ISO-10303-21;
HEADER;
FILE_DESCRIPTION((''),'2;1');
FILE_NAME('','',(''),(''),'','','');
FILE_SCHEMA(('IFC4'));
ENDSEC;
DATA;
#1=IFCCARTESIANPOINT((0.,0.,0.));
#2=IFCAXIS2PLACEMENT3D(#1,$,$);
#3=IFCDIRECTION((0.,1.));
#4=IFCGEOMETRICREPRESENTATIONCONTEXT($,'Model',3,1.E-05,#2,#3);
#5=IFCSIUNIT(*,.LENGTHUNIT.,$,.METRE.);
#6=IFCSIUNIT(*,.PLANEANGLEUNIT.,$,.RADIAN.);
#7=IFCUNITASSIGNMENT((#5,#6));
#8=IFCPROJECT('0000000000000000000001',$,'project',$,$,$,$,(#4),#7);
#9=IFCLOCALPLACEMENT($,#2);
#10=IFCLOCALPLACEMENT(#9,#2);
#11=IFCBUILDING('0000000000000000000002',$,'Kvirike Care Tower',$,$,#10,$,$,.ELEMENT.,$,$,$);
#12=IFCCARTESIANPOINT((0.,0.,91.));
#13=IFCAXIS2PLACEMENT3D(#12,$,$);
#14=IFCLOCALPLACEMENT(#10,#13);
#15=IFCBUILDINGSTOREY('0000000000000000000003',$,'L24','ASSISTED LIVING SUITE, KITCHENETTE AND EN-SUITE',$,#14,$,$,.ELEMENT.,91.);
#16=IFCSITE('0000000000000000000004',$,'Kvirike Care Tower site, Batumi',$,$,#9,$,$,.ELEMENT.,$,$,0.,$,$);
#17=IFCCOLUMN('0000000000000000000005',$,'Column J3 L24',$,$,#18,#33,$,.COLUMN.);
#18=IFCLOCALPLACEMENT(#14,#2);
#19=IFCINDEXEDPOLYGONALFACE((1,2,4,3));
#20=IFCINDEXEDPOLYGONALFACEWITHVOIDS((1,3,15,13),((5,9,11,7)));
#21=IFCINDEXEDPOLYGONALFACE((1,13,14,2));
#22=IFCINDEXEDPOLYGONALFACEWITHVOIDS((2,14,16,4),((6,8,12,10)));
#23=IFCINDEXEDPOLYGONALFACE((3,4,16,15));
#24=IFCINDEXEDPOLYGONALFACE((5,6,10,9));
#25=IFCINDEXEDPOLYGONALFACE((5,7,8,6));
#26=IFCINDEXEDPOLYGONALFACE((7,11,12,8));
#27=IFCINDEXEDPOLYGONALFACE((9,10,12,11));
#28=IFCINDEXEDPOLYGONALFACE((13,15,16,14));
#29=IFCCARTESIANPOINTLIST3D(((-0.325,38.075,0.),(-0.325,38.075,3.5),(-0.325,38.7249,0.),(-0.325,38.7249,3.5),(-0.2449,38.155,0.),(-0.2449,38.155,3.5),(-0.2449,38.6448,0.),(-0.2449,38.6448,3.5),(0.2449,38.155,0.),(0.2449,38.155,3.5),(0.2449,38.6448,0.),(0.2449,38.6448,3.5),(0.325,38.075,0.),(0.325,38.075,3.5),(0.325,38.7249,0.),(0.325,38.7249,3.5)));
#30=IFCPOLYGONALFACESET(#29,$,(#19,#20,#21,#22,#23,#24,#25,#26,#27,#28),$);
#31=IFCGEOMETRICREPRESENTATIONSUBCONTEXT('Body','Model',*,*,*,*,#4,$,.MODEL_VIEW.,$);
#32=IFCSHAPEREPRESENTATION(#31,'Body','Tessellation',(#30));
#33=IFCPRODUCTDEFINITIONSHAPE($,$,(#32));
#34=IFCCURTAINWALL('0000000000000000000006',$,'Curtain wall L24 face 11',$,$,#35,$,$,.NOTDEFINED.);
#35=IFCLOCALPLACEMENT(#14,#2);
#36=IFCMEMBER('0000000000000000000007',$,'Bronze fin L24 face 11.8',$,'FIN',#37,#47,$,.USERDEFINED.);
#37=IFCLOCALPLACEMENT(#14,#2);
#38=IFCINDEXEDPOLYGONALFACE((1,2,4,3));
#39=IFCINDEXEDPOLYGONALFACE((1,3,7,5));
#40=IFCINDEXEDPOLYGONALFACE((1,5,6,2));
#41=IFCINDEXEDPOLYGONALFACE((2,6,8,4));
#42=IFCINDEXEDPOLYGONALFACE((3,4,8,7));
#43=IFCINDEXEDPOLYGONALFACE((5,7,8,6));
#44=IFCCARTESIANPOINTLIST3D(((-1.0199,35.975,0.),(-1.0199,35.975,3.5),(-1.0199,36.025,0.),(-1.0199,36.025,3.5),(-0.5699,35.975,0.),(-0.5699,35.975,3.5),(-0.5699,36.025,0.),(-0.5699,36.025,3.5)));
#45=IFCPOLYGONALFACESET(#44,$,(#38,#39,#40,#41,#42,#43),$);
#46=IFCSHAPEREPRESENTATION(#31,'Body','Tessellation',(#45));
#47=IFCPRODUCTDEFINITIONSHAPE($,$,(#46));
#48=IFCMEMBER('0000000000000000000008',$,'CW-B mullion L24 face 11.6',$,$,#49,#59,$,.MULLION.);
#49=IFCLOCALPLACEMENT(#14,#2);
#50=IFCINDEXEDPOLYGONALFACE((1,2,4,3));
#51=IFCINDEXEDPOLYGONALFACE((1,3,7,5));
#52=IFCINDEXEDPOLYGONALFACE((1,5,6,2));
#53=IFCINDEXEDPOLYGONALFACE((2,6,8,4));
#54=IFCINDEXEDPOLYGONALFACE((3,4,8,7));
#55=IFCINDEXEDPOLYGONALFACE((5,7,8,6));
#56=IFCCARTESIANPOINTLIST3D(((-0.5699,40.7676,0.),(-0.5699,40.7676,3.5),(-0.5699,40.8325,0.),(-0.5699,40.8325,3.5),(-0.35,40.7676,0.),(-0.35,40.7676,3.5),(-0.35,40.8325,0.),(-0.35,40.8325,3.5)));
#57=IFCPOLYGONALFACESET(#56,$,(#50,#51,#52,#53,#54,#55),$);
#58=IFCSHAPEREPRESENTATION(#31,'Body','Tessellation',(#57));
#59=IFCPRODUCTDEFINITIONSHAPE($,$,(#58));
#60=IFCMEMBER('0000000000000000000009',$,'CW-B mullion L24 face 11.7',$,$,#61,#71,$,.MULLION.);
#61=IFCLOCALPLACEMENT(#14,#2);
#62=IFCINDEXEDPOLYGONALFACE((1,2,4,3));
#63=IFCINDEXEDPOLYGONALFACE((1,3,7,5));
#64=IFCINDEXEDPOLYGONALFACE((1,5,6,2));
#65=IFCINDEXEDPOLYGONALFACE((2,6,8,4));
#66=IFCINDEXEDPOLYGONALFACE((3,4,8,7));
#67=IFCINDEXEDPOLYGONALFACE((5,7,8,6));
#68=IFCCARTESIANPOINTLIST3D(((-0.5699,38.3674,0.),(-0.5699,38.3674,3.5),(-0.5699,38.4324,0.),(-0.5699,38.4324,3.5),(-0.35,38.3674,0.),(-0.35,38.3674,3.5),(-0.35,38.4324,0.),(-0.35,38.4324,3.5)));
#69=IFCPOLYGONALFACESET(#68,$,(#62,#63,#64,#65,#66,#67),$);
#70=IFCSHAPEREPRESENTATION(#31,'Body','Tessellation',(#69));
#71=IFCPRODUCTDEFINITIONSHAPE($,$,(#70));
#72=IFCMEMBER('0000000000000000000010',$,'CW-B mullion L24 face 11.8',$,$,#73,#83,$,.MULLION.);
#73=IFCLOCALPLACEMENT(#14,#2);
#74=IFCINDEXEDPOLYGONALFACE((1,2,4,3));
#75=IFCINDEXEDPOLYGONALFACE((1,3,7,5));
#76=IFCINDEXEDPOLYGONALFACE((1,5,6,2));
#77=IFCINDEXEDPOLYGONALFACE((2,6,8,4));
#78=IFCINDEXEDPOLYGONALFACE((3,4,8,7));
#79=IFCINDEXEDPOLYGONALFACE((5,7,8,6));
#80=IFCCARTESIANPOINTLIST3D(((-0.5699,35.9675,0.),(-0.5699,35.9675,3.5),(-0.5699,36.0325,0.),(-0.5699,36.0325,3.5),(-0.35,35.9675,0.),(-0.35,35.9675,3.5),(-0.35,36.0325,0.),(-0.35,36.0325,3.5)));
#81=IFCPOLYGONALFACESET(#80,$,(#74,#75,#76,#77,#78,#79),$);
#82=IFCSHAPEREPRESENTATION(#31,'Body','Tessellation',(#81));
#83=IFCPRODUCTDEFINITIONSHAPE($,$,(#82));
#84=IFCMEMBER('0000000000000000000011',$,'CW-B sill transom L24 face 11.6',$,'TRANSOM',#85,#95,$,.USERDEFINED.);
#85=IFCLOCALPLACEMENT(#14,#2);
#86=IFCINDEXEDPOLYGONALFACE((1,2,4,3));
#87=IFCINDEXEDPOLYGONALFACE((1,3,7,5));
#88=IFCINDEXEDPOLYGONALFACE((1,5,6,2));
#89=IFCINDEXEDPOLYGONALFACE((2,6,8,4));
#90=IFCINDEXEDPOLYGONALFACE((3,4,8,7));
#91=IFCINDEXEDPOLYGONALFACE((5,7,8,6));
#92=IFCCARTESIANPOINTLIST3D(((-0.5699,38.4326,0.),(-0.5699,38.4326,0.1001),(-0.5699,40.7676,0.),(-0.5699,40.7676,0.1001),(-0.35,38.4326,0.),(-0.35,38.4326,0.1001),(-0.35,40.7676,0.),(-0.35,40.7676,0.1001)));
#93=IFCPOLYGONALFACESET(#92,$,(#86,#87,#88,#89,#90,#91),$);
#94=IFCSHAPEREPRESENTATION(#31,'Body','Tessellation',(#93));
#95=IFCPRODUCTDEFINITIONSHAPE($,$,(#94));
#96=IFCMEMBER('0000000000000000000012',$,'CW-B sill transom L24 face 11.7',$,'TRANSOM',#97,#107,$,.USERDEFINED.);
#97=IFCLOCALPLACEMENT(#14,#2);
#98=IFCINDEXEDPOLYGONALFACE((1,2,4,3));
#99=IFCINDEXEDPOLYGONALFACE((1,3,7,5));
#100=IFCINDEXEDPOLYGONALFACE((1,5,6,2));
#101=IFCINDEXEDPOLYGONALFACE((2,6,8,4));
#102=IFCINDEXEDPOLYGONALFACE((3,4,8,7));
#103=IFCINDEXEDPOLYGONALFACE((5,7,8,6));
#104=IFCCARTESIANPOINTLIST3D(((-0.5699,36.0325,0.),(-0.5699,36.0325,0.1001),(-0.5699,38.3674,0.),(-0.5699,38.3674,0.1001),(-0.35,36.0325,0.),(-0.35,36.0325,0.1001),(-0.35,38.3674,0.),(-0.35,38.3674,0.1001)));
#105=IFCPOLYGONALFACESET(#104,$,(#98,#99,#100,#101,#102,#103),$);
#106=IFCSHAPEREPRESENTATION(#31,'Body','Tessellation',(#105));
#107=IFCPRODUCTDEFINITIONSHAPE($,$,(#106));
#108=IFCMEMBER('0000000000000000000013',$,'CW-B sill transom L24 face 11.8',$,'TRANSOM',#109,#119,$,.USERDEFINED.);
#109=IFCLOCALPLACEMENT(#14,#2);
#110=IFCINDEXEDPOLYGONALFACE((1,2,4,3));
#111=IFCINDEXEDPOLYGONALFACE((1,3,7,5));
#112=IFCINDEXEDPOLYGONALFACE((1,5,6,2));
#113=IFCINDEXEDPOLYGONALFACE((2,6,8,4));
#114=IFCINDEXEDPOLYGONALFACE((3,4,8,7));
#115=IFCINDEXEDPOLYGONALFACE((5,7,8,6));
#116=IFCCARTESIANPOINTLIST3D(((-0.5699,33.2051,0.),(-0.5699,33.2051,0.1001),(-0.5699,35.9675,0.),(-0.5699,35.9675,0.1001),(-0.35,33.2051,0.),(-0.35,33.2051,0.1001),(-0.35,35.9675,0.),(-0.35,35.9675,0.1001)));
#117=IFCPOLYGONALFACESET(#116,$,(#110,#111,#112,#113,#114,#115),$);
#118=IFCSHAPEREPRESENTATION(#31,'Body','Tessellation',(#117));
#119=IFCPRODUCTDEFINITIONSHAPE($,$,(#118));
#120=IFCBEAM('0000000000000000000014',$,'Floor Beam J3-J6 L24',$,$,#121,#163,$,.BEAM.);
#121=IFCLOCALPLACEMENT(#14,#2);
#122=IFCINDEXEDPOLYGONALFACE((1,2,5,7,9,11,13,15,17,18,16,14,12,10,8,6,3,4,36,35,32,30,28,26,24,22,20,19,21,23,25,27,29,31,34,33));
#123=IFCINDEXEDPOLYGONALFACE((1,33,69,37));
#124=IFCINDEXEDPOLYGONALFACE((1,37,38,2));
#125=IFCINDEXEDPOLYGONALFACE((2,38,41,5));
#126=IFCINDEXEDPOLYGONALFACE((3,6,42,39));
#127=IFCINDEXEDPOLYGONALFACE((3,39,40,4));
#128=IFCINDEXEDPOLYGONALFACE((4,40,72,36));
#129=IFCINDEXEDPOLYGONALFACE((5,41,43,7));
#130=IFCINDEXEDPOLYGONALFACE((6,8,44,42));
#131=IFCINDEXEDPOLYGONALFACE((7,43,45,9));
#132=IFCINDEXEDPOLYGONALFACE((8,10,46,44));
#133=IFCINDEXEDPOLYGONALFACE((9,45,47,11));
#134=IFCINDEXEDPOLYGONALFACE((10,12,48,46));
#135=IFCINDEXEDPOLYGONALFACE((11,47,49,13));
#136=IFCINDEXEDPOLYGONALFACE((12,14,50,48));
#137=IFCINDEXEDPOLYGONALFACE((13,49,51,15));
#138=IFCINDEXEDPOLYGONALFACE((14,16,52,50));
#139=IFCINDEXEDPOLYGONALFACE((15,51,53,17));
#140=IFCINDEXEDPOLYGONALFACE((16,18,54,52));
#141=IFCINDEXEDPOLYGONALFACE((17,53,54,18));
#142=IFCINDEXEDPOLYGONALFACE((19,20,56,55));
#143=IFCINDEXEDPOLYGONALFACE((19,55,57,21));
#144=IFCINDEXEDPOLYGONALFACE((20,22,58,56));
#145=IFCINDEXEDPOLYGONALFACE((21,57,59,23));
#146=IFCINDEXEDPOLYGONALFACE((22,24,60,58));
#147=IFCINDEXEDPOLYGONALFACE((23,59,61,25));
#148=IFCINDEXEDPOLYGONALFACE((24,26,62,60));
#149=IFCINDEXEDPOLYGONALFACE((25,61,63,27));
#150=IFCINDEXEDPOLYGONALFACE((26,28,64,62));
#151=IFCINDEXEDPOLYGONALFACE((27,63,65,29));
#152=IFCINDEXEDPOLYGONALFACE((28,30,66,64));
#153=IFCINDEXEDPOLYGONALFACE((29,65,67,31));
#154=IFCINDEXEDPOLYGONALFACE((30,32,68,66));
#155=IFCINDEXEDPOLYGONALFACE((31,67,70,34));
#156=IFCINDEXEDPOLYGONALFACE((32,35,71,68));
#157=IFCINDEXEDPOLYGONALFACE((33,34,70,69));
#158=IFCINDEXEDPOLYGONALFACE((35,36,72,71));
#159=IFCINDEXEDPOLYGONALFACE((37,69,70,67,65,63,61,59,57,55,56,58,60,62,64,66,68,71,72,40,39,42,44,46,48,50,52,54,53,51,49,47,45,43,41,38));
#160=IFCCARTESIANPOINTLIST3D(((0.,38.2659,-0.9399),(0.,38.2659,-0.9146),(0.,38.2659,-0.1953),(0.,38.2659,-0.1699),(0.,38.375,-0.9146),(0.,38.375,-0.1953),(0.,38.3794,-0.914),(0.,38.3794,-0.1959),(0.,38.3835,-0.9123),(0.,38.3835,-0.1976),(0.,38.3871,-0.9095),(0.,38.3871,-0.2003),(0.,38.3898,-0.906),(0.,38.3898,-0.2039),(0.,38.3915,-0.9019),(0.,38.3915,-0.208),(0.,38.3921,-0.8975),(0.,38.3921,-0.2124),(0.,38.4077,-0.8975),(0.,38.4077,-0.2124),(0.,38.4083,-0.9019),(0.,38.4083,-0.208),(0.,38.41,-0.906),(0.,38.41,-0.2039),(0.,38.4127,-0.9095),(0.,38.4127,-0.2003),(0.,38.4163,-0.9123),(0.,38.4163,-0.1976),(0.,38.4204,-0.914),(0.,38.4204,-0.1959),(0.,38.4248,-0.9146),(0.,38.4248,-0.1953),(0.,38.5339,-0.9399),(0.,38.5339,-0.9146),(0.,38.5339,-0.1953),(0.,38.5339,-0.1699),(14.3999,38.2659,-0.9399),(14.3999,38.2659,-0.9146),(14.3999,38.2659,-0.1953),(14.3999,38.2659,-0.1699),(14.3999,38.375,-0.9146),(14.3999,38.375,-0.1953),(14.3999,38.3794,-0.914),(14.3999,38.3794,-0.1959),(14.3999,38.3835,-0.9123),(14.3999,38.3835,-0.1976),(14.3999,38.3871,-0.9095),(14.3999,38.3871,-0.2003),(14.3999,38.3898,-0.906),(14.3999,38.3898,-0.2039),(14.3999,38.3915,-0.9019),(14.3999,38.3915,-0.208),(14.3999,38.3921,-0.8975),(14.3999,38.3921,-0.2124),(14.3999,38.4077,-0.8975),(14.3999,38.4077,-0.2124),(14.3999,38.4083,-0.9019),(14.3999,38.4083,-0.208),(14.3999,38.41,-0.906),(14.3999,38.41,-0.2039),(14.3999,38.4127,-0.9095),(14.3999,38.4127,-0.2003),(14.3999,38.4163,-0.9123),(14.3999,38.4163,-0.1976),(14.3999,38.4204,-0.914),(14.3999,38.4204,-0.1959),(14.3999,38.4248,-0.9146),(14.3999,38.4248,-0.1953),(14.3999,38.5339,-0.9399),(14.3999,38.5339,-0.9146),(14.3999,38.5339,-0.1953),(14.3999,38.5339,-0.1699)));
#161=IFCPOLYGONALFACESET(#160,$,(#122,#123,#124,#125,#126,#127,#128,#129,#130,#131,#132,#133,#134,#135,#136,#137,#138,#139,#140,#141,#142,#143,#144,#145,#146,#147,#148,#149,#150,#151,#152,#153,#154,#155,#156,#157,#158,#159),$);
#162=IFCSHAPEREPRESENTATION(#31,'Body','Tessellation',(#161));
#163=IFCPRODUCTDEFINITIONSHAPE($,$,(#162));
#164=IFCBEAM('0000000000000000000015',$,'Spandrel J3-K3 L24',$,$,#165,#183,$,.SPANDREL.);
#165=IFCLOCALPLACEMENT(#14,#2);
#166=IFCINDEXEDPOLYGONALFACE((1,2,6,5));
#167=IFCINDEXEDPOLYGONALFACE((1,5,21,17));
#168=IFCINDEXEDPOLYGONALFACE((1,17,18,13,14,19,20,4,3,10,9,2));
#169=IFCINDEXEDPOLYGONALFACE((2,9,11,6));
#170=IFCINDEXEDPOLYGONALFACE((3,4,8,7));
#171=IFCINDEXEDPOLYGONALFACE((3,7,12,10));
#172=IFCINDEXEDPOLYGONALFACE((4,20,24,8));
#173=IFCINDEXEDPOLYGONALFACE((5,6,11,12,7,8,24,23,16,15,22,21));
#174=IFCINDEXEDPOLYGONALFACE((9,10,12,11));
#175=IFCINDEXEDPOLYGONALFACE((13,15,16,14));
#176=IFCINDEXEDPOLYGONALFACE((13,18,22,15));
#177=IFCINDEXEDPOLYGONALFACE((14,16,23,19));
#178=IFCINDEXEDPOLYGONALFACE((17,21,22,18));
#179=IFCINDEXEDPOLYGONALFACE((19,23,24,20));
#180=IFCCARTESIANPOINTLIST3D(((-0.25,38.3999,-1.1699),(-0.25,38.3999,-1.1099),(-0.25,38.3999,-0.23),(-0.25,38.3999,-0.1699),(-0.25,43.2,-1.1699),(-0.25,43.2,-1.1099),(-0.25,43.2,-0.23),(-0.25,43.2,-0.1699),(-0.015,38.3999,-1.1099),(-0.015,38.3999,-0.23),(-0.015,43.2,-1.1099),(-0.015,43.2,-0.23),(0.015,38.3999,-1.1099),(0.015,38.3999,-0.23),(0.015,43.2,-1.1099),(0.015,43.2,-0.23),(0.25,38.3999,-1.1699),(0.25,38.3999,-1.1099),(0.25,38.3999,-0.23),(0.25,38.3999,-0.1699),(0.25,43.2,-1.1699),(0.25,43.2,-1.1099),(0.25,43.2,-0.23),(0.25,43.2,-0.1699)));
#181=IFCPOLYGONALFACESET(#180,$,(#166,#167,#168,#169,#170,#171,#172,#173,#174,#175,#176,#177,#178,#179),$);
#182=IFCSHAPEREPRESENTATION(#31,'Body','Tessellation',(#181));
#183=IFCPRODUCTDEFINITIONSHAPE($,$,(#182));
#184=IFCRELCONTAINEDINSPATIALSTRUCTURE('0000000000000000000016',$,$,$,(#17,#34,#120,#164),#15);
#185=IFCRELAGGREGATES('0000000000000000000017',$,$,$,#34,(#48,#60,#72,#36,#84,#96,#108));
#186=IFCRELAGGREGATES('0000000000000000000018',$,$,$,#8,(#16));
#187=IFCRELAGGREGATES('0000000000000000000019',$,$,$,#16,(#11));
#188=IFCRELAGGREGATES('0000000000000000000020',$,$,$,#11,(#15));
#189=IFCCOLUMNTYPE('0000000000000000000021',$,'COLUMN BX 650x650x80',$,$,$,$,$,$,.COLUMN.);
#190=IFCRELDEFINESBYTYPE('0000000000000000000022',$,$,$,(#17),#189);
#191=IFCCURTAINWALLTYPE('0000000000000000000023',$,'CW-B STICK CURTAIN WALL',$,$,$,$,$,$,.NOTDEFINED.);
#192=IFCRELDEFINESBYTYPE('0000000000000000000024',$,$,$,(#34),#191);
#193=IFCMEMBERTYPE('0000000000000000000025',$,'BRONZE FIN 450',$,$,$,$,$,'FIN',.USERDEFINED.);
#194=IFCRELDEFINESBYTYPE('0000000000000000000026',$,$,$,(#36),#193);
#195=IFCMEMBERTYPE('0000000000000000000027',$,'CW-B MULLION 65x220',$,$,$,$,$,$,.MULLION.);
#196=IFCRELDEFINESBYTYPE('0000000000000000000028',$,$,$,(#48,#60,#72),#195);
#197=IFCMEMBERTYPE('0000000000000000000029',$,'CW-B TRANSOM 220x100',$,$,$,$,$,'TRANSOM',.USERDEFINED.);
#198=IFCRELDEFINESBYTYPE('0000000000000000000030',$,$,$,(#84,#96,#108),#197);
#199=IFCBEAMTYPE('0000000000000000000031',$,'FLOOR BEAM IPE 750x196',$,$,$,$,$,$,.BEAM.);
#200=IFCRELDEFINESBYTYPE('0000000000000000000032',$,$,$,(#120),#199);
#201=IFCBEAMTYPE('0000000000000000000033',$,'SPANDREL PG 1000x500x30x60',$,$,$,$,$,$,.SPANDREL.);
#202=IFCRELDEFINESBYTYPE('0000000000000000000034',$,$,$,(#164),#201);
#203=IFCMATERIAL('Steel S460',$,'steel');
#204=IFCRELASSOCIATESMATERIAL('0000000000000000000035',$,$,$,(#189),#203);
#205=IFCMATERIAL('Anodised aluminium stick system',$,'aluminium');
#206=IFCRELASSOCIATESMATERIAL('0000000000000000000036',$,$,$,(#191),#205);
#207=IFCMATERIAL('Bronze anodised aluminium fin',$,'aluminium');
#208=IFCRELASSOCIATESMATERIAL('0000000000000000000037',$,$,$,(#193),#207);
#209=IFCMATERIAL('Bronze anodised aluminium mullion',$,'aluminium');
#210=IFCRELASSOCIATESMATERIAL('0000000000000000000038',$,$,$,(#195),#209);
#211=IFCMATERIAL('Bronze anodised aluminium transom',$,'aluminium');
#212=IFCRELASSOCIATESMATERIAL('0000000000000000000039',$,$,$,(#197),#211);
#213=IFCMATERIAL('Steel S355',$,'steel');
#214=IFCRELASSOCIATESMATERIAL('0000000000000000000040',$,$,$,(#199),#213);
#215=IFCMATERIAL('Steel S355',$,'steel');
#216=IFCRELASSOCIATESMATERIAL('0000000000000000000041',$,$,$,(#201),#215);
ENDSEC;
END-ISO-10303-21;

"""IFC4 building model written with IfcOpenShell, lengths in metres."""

from ifc_helpers import new_model, si_unit, direction, frame, origin, origin_2d, place, context, subcontext, project, spatial, rectangle, hollow_rectangle, i_section, extrude, material, material_profile, profile_set, type_object, element, aggregate, save


model = new_model("IFC4")

# Units and contexts
model_context = context("Model", 3, precision=1e-05, world=origin(), true_north=direction((0.0, 1.0)))
body_context = subcontext(model_context, "Body", "Model", "MODEL_VIEW")
ifc_project = project(units=[si_unit("LENGTHUNIT", "METRE"), si_unit("PLANEANGLEUNIT", "RADIAN")], contexts=[model_context])

# Site, building, storey
site_placement = place(None, origin())
site = spatial("IfcSite", under=ifc_project, at=site_placement, Name="Kvirike Care Tower site, Batumi", CompositionType="ELEMENT", RefElevation=0.0)
building_placement = place(site_placement, origin())
building = spatial("IfcBuilding", under=site, at=building_placement, Name="Kvirike Care Tower", CompositionType="ELEMENT")
storey_placement = place(building_placement, frame((0.0, 0.0, 91.0)))
storey = spatial("IfcBuildingStorey", under=building, at=storey_placement, Name="L24", Description="ASSISTED LIVING SUITE, KITCHENETTE AND EN-SUITE", CompositionType="ELEMENT", Elevation=91.0)

# Column
ifc_material_1 = material(Name="Steel S460", Category="steel")
ifc_material_profile_1 = material_profile(ifc_material_1, hollow_rectangle(XDim=0.6499, YDim=0.6499, WallThickness=0.0801, at=origin_2d()), Name="BX 650x650x80")
ifc_profile_set_1 = profile_set([ifc_material_profile_1], Name="Steel S460")
column_type = type_object("IfcColumnType", Name="COLUMN BX 650x650x80", PredefinedType="COLUMN", material=ifc_profile_set_1)
column_placement = place(storey_placement, frame((0.0, 38.3999, 0.0), z_axis=(0.0, 0.0, 1.0), x_axis=(1.0, 0.0, 0.0)))
element("IfcColumn", 1, at=column_placement, inside=storey, type_object=column_type, Name="Column J3 L24", PredefinedType="COLUMN", context=body_context, shape_type="SweptSolid", body=[
    extrude(hollow_rectangle(XDim=0.6499, YDim=0.6499, WallThickness=0.0801, at=origin_2d()), origin(), (0.0, 0.0, 1.0), 3.5),
])

# Curtain wall, members
ifc_material_2 = material(Name="Anodised aluminium stick system", Category="aluminium")
curtain_wall_type = type_object("IfcCurtainWallType", Name="CW-B STICK CURTAIN WALL", PredefinedType="NOTDEFINED", material=ifc_material_2)
curtain_wall_placement = place(storey_placement, origin())
curtain_wall = element("IfcCurtainWall", 2, at=curtain_wall_placement, inside=storey, type_object=curtain_wall_type, Name="Curtain wall L24 face 11", PredefinedType="NOTDEFINED")
ifc_material_3 = material(Name="Bronze anodised aluminium fin", Category="aluminium")
ifc_material_profile_2 = material_profile(ifc_material_3, rectangle(XDim=0.05, YDim=0.45, at=origin_2d()), Name="BRONZE FIN 450")
ifc_profile_set_2 = profile_set([ifc_material_profile_2], Name="Bronze anodised aluminium fin")
member_type_1 = type_object("IfcMemberType", Name="BRONZE FIN 450", ElementType="FIN", PredefinedType="USERDEFINED", material=ifc_profile_set_2)
member_1_placement = place(storey_placement, frame((-0.7949, 36.0, 0.0), z_axis=(0.0, 0.0, 1.0), x_axis=(0.0, -1.0, 0.0)))
member_1 = element("IfcMember", 3, at=member_1_placement, type_object=member_type_1, Name="Bronze fin L24 face 11.8", ObjectType="FIN", PredefinedType="USERDEFINED", context=body_context, shape_type="SweptSolid", body=[
    extrude(rectangle(XDim=0.05, YDim=0.45, at=origin_2d()), origin(), (0.0, 0.0, 1.0), 3.5),
])
ifc_material_4 = material(Name="Bronze anodised aluminium mullion", Category="aluminium")
ifc_material_profile_3 = material_profile(ifc_material_4, rectangle(XDim=0.0649, YDim=0.22, at=origin_2d()), Name="CW-B MULLION 65x220")
ifc_profile_set_3 = profile_set([ifc_material_profile_3], Name="Bronze anodised aluminium mullion")
member_type_2 = type_object("IfcMemberType", Name="CW-B MULLION 65x220", PredefinedType="MULLION", material=ifc_profile_set_3)
member_2_placement = place(storey_placement, frame((-0.46, 40.8, 0.0), z_axis=(0.0, 0.0, 1.0), x_axis=(0.0, -1.0, 0.0)))
member_2 = element("IfcMember", 4, at=member_2_placement, type_object=member_type_2, Name="CW-B mullion L24 face 11.6", PredefinedType="MULLION", context=body_context, shape_type="SweptSolid", body=[
    extrude(rectangle(XDim=0.0649, YDim=0.22, at=origin_2d()), origin(), (0.0, 0.0, 1.0), 3.5),
])
member_3_placement = place(storey_placement, frame((-0.46, 38.3999, 0.0), z_axis=(0.0, 0.0, 1.0), x_axis=(0.0, -1.0, 0.0)))
member_3 = element("IfcMember", 5, at=member_3_placement, type_object=member_type_2, Name="CW-B mullion L24 face 11.7", PredefinedType="MULLION", context=body_context, shape_type="SweptSolid", body=[
    extrude(rectangle(XDim=0.0649, YDim=0.22, at=origin_2d()), origin(), (0.0, 0.0, 1.0), 3.5),
])
member_4_placement = place(storey_placement, frame((-0.46, 36.0, 0.0), z_axis=(0.0, 0.0, 1.0), x_axis=(0.0, -1.0, 0.0)))
member_4 = element("IfcMember", 6, at=member_4_placement, type_object=member_type_2, Name="CW-B mullion L24 face 11.8", PredefinedType="MULLION", context=body_context, shape_type="SweptSolid", body=[
    extrude(rectangle(XDim=0.0649, YDim=0.22, at=origin_2d()), origin(), (0.0, 0.0, 1.0), 3.5),
])
ifc_material_5 = material(Name="Bronze anodised aluminium transom", Category="aluminium")
ifc_material_profile_4 = material_profile(ifc_material_5, rectangle(XDim=0.22, YDim=0.1001, at=origin_2d()), Name="CW-B TRANSOM 220x100")
ifc_profile_set_4 = profile_set([ifc_material_profile_4], Name="Bronze anodised aluminium transom")
member_type_3 = type_object("IfcMemberType", Name="CW-B TRANSOM 220x100", ElementType="TRANSOM", PredefinedType="USERDEFINED", material=ifc_profile_set_4)
member_5_placement = place(storey_placement, frame((-0.46, 40.7676, 0.05), z_axis=(0.0, -1.0, 0.0), x_axis=(1.0, 0.0, 0.0)))
member_5 = element("IfcMember", 7, at=member_5_placement, type_object=member_type_3, Name="CW-B sill transom L24 face 11.6", ObjectType="TRANSOM", PredefinedType="USERDEFINED", context=body_context, shape_type="SweptSolid", body=[
    extrude(rectangle(XDim=0.22, YDim=0.1001, at=origin_2d()), origin(), (0.0, 0.0, 1.0), 2.335),
])
member_6_placement = place(storey_placement, frame((-0.46, 38.3674, 0.05), z_axis=(0.0, -1.0, 0.0), x_axis=(1.0, 0.0, 0.0)))
member_6 = element("IfcMember", 8, at=member_6_placement, type_object=member_type_3, Name="CW-B sill transom L24 face 11.7", ObjectType="TRANSOM", PredefinedType="USERDEFINED", context=body_context, shape_type="SweptSolid", body=[
    extrude(rectangle(XDim=0.22, YDim=0.1001, at=origin_2d()), origin(), (0.0, 0.0, 1.0), 2.335),
])
member_7_placement = place(storey_placement, frame((-0.46, 35.9675, 0.05), z_axis=(0.0, -1.0, 0.0), x_axis=(1.0, 0.0, 0.0)))
member_7 = element("IfcMember", 9, at=member_7_placement, type_object=member_type_3, Name="CW-B sill transom L24 face 11.8", ObjectType="TRANSOM", PredefinedType="USERDEFINED", context=body_context, shape_type="SweptSolid", body=[
    extrude(rectangle(XDim=0.22, YDim=0.1001, at=origin_2d()), origin(), (0.0, 0.0, 1.0), 2.7625),
])

# Beams
ifc_material_6 = material(Name="Steel S355", Category="steel")
ifc_material_profile_5 = material_profile(ifc_material_6, i_section(OverallWidth=0.2681, OverallDepth=0.77, WebThickness=0.0156, FlangeThickness=0.0254, FilletRadius=0.0171, at=origin_2d()), Name="IPE 750x196")
ifc_profile_set_5 = profile_set([ifc_material_profile_5], Name="Steel S355")
beam_type_1 = type_object("IfcBeamType", Name="FLOOR BEAM IPE 750x196", PredefinedType="BEAM", material=ifc_profile_set_5)
beam_1_placement = place(storey_placement, frame((0.0, 38.3999, -0.5549), z_axis=(1.0, 0.0, 0.0), x_axis=(0.0, 1.0, 0.0)))
element("IfcBeam", 10, at=beam_1_placement, inside=storey, type_object=beam_type_1, Name="Floor Beam J3-J6 L24", PredefinedType="BEAM", context=body_context, shape_type="SweptSolid", body=[
    extrude(i_section(OverallWidth=0.2681, OverallDepth=0.77, WebThickness=0.0156, FlangeThickness=0.0254, FilletRadius=0.0171, at=origin_2d()), origin(), (0.0, 0.0, 1.0), 14.3999),
])
ifc_material_7 = material(Name="Steel S355", Category="steel")
ifc_material_profile_6 = material_profile(ifc_material_7, i_section(OverallWidth=0.5, OverallDepth=1.0, WebThickness=0.03, FlangeThickness=0.0601, at=origin_2d()), Name="PG 1000x500x30x60")
ifc_profile_set_6 = profile_set([ifc_material_profile_6], Name="Steel S355")
beam_type_2 = type_object("IfcBeamType", Name="SPANDREL PG 1000x500x30x60", PredefinedType="SPANDREL", material=ifc_profile_set_6)
beam_2_placement = place(storey_placement, frame((0.0, 38.3999, -0.6699), z_axis=(0.0, 1.0, 0.0), x_axis=(-1.0, 0.0, 0.0)))
element("IfcBeam", 11, at=beam_2_placement, inside=storey, type_object=beam_type_2, Name="Spandrel J3-K3 L24", PredefinedType="SPANDREL", context=body_context, shape_type="SweptSolid", body=[
    extrude(i_section(OverallWidth=0.5, OverallDepth=1.0, WebThickness=0.03, FlangeThickness=0.0601, at=origin_2d()), origin(), (0.0, 0.0, 1.0), 4.8),
])

aggregate(curtain_wall, [member_2, member_3, member_4, member_1, member_5, member_6, member_7])

save(model, "model.ifc")
